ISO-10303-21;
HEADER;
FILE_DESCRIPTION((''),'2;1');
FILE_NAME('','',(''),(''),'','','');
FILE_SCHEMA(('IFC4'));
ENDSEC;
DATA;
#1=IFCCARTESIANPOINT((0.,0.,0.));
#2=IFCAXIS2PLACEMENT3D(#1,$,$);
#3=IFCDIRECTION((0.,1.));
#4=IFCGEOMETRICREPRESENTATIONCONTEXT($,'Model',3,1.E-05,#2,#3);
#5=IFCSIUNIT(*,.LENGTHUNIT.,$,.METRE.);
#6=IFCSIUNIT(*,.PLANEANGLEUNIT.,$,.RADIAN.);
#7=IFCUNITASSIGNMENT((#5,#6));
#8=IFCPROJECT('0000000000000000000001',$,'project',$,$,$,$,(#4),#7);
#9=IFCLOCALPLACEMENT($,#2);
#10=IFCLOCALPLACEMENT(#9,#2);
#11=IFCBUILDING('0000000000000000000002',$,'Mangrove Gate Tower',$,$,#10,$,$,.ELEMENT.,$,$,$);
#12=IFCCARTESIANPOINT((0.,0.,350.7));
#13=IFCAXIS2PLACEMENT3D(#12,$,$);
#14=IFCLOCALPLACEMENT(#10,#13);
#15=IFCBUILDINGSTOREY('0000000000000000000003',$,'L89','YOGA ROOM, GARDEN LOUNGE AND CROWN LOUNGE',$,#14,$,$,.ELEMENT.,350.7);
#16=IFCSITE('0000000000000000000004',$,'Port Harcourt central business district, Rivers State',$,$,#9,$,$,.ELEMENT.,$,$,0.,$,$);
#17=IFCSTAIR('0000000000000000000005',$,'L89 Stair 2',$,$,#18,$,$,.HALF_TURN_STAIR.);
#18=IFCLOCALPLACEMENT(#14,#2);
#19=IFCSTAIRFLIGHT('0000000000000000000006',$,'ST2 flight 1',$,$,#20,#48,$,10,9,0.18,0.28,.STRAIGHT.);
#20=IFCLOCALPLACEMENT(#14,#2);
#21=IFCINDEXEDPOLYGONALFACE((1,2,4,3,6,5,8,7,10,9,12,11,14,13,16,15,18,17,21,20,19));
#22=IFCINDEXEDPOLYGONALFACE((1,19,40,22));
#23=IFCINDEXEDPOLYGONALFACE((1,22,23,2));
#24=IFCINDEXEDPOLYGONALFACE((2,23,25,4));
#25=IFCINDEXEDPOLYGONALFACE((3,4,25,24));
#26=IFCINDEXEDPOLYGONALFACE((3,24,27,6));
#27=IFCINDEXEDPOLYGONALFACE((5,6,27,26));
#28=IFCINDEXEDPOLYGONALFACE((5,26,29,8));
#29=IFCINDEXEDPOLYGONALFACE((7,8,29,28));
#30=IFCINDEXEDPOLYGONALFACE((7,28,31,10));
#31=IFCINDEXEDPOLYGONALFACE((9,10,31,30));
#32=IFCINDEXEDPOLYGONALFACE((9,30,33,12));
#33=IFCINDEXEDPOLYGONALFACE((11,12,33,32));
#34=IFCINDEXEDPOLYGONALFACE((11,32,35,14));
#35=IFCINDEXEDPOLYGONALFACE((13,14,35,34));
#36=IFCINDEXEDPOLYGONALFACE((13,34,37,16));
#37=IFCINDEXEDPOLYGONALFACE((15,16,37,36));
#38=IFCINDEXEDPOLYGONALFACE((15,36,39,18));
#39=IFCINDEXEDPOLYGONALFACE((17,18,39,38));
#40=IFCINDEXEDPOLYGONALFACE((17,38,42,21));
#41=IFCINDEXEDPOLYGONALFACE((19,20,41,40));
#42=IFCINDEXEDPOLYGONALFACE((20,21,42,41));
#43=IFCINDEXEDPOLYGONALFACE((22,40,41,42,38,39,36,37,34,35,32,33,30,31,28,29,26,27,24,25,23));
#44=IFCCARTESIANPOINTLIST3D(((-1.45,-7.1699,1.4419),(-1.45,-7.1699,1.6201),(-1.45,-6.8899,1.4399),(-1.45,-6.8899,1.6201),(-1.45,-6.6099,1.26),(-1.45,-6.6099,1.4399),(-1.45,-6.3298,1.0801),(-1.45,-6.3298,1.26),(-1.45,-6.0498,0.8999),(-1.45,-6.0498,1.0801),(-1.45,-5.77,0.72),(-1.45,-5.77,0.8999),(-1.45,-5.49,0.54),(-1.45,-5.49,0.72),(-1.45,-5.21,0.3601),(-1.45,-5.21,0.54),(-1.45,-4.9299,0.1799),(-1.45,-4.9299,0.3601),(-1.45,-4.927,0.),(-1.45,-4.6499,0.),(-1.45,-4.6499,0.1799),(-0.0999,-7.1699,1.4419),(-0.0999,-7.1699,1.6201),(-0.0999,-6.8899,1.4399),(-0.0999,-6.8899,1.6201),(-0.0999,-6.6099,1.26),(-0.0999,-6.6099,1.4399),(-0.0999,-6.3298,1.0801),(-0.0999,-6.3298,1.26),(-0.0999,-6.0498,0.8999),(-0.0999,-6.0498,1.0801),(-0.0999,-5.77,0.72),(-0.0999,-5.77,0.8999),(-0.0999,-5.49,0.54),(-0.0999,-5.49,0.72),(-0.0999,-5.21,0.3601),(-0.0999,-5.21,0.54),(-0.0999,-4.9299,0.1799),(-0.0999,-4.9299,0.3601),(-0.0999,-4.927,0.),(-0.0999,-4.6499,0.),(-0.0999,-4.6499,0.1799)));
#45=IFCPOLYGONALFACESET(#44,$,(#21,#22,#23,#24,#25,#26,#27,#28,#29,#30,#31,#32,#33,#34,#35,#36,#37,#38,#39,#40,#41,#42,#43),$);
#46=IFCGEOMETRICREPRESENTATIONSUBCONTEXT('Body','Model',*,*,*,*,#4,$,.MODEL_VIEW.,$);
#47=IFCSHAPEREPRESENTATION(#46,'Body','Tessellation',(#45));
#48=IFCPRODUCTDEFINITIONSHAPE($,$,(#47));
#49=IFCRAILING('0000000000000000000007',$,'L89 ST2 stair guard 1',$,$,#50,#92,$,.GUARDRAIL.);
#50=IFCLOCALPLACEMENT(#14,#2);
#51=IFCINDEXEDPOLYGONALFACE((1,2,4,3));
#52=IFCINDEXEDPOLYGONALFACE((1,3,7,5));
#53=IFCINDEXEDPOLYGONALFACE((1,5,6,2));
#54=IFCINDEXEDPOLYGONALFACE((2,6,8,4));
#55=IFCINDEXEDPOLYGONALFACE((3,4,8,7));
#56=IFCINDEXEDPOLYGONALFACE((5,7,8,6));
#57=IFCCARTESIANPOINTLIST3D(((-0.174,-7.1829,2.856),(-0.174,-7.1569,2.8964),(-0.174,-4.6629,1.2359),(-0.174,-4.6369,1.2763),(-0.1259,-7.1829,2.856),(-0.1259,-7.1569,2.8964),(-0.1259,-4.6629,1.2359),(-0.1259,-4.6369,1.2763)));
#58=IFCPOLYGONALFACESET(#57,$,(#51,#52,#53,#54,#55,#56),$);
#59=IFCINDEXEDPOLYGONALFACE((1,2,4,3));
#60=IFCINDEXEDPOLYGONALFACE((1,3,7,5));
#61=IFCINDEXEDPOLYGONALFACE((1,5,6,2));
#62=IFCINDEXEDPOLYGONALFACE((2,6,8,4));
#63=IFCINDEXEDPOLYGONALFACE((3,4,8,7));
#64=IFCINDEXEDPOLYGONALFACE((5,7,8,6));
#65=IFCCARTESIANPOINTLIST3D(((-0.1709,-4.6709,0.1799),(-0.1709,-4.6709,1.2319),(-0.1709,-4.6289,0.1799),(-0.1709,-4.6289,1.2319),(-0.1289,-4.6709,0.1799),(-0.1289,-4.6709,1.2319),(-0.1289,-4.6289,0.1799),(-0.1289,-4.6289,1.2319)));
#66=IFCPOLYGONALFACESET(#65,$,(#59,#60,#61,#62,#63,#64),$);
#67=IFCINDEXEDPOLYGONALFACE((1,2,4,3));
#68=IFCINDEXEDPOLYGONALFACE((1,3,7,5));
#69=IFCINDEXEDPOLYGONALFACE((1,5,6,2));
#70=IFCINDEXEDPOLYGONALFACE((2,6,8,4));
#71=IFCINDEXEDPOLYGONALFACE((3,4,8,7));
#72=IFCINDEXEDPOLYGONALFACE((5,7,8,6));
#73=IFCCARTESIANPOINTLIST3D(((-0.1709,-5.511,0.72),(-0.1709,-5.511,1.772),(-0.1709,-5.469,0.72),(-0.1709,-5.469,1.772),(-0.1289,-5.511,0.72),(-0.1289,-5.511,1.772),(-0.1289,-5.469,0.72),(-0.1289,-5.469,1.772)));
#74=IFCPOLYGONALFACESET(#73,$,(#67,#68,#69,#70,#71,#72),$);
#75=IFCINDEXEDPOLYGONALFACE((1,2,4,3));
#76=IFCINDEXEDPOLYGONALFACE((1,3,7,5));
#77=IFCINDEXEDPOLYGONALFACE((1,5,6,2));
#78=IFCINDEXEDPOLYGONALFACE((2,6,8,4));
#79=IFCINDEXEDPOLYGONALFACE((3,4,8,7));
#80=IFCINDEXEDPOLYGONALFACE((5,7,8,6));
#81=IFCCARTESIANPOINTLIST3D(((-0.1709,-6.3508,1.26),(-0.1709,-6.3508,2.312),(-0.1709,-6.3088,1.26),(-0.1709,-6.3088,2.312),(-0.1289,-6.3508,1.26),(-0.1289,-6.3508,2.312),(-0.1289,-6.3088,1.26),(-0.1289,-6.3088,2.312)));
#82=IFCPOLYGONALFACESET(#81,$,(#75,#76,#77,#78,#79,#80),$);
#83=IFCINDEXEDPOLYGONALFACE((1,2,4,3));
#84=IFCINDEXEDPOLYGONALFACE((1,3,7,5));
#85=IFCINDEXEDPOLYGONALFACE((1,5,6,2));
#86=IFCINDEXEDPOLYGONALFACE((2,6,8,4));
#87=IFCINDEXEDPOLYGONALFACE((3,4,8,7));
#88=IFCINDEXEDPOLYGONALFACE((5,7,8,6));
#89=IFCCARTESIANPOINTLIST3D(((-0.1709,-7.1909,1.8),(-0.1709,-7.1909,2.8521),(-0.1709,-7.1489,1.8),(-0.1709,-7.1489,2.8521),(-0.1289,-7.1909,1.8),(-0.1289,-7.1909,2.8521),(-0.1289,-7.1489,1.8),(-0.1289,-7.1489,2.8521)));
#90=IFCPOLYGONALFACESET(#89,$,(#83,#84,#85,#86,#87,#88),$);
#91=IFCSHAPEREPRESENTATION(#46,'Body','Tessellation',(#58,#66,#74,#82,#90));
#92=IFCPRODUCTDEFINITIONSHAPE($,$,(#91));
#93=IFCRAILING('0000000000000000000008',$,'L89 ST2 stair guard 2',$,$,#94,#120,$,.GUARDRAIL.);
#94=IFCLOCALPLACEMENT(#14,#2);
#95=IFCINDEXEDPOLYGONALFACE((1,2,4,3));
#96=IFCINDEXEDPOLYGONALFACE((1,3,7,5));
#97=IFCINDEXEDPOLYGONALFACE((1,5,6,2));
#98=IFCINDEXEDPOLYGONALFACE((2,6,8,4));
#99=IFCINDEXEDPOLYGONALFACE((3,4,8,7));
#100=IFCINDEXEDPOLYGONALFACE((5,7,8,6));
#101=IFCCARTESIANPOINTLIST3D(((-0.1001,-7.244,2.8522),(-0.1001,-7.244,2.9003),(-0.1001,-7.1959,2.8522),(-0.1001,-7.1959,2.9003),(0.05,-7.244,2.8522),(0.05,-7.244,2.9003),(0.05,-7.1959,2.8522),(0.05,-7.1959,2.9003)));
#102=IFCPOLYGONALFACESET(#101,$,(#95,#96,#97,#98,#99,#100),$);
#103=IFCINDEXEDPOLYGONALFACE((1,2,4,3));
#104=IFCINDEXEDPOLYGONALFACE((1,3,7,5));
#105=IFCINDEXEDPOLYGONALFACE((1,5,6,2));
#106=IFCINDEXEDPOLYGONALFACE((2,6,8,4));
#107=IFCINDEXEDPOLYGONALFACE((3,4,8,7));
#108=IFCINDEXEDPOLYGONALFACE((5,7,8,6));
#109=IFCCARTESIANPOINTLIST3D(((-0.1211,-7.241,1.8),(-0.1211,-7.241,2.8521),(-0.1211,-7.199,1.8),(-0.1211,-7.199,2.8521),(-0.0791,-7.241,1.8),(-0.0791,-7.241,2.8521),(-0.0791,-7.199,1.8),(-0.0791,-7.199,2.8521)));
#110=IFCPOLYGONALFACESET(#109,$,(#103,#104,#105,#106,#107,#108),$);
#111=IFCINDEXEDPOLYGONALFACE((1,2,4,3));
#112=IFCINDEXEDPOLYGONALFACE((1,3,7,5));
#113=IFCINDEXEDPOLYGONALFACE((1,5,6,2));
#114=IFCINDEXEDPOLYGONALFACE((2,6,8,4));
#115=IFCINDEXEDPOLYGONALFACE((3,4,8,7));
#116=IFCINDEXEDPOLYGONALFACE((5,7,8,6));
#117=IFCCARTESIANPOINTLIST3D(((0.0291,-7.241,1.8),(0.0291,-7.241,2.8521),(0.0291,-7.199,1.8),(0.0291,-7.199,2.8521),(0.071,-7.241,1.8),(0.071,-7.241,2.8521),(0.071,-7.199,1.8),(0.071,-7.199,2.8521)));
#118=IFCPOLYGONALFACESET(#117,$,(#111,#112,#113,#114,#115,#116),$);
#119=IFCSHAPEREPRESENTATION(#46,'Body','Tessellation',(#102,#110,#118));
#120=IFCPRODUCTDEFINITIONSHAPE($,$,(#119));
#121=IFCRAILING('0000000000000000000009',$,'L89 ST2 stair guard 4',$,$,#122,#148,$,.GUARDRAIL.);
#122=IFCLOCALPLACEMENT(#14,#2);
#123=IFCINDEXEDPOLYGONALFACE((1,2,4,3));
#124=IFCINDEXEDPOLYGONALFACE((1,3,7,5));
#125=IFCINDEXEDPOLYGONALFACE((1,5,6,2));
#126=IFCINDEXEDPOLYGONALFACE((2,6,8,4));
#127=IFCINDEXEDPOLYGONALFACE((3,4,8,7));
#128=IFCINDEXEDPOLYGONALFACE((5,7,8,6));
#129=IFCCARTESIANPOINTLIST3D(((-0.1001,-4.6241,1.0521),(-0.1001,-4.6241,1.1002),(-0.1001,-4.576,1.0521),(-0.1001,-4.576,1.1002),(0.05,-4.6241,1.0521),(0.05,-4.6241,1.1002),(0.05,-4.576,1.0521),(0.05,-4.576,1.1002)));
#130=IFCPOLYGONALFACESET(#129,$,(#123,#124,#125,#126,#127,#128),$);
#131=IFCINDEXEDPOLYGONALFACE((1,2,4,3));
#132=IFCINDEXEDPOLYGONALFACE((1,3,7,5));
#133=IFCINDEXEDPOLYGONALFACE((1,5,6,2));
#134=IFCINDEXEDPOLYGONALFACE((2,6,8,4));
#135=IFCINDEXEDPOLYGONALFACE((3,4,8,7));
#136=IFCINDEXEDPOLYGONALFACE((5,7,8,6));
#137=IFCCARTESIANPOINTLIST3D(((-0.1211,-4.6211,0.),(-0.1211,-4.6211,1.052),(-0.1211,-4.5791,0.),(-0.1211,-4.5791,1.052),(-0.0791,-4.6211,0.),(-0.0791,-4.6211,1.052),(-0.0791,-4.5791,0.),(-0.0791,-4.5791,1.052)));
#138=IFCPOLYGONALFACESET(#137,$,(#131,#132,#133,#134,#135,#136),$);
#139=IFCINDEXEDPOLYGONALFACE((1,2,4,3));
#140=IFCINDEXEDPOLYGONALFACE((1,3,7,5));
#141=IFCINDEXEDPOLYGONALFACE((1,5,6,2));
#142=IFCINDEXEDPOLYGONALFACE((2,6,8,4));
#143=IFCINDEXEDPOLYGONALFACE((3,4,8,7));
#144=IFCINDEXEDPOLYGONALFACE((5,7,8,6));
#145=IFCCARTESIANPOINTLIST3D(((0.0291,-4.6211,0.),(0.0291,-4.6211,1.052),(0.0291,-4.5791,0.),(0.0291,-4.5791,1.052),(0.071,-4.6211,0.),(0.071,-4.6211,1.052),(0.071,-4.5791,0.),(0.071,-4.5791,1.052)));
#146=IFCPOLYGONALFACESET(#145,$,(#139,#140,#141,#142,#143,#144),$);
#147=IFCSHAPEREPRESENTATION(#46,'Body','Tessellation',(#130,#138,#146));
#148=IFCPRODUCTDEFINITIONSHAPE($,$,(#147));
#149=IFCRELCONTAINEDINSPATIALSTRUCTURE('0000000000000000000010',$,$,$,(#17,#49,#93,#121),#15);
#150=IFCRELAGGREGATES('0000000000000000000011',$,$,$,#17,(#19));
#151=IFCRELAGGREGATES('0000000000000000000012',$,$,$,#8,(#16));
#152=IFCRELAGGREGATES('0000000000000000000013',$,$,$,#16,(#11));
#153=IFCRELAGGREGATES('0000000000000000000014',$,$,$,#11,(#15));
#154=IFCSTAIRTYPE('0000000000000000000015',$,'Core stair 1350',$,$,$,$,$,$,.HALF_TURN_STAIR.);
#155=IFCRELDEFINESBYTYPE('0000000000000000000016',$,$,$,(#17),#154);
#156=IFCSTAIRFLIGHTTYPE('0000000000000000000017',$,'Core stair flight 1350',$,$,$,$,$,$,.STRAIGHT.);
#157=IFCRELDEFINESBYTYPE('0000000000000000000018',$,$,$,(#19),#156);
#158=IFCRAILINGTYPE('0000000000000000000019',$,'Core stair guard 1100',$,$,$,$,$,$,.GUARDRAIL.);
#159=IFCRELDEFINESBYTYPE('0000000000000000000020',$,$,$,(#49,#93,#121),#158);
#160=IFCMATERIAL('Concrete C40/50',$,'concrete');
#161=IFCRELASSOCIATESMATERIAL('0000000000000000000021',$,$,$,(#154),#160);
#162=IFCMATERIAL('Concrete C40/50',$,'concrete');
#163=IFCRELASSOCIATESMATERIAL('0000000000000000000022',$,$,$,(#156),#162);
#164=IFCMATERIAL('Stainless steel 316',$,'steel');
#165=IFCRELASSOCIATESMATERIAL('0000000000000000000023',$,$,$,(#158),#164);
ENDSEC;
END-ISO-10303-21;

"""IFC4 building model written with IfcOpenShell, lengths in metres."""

from ifc_helpers import new_model, si_unit, direction, frame, origin, origin_2d, place, context, subcontext, project, spatial, polyline, rectangle, outline, extrude, material, type_object, element, aggregate, save


model = new_model("IFC4")

# Units and contexts
model_context = context("Model", 3, precision=1e-05, world=origin(), true_north=direction((0.0, 1.0)))
body_context = subcontext(model_context, "Body", "Model", "MODEL_VIEW")
ifc_project = project(units=[si_unit("LENGTHUNIT", "METRE"), si_unit("PLANEANGLEUNIT", "RADIAN")], contexts=[model_context])

# Site, building, storey
site_placement = place(None, origin())
site = spatial("IfcSite", under=ifc_project, at=site_placement, Name="Port Harcourt central business district, Rivers State", CompositionType="ELEMENT", RefElevation=0.0)
building_placement = place(site_placement, origin())
building = spatial("IfcBuilding", under=site, at=building_placement, Name="Mangrove Gate Tower", CompositionType="ELEMENT")
storey_placement = place(building_placement, frame((0.0, 0.0, 350.7)))
storey = spatial("IfcBuildingStorey", under=building, at=storey_placement, Name="L89", Description="YOGA ROOM, GARDEN LOUNGE AND CROWN LOUNGE", CompositionType="ELEMENT", Elevation=350.7)

# Stair, stair flight
ifc_material_1 = material(Name="Concrete C40/50", Category="concrete")
stair_type = type_object("IfcStairType", Name="Core stair 1350", PredefinedType="HALF_TURN_STAIR", material=ifc_material_1)
stair_placement = place(storey_placement, origin())
stair = element("IfcStair", 1, at=stair_placement, inside=storey, type_object=stair_type, Name="L89 Stair 2", PredefinedType="HALF_TURN_STAIR")
ifc_material_2 = material(Name="Concrete C40/50", Category="concrete")
stair_flight_type = type_object("IfcStairFlightType", Name="Core stair flight 1350", PredefinedType="STRAIGHT", material=ifc_material_2)
stair_flight_placement = place(storey_placement, frame((-0.7749, -4.6499, 0.0), z_axis=(0.0, 0.0, 1.0), x_axis=(0.0, -1.0, 0.0)))
stair_flight = element("IfcStairFlight", 2, at=stair_flight_placement, type_object=stair_flight_type, Name="ST2 flight 1", NumberOfRisers=10, NumberOfTreads=9, PredefinedType="STRAIGHT", RiserHeight=0.18, TreadLength=0.28, context=body_context, shape_type="SweptSolid", body=[
    extrude(outline(polyline([(0.0, 0.0), (0.0, 0.1799), (0.28, 0.1799), (0.28, 0.3601), (0.5601, 0.3601), (0.5601, 0.54), (0.8401, 0.54), (0.8401, 0.72), (1.1201, 0.72), (1.1201, 0.8999), (1.3999, 0.8999), (1.3999, 1.0801), (1.6799, 1.0801), (1.6799, 1.26), (1.96, 1.26), (1.96, 1.4399), (2.24, 1.4399), (2.24, 1.6201), (2.52, 1.6201), (2.52, 1.8), (2.52, 1.4419), (0.2771, 0.0), (0.0, 0.0)])), frame((0.0, 0.675, 0.0), z_axis=(0.0, -1.0, 0.0), x_axis=(1.0, 0.0, 0.0)), (0.0, 0.0, 1.0), 1.3501),
])
aggregate(stair, [stair_flight])

# Railings
ifc_material_3 = material(Name="Stainless steel 316", Category="steel")
railing_type_1 = type_object("IfcRailingType", Name="Core stair guard 1100", PredefinedType="GUARDRAIL", material=ifc_material_3)
railing_1_placement = place(storey_placement, frame((-0.1499, -4.6499, 0.1799)))
element("IfcRailing", 3, at=railing_1_placement, inside=storey, type_object=railing_type_1, Name="L89 ST2 stair guard 1", PredefinedType="GUARDRAIL", context=body_context, shape_type="SweptSolid", body=[
    extrude(rectangle(XDim=0.0481, YDim=0.0481, at=origin_2d()), frame((0.0, 0.0, 1.0762), z_axis=(0.0, -0.841163, 0.540782), x_axis=(1.0, 0.0, 0.0)), (0.0, 0.0, 1.0), 2.9958),
    extrude(rectangle(XDim=0.042, YDim=0.042, at=origin_2d()), origin(), (0.0, 0.0, 1.0), 1.052),
    extrude(rectangle(XDim=0.042, YDim=0.042, at=origin_2d()), frame((0.0, -0.8401, 0.54)), (0.0, 0.0, 1.0), 1.052),
    extrude(rectangle(XDim=0.042, YDim=0.042, at=origin_2d()), frame((0.0, -1.6799, 1.0801)), (0.0, 0.0, 1.0), 1.052),
    extrude(rectangle(XDim=0.042, YDim=0.042, at=origin_2d()), frame((0.0, -2.52, 1.6201)), (0.0, 0.0, 1.0), 1.052),
])
for number, where, name in (
    (4, (-0.1001, -7.22, 1.8), "L89 ST2 stair guard 2"),
    (5, (-0.1001, -4.6001, 0.0), "L89 ST2 stair guard 4"),
):
    element("IfcRailing", number, at=place(storey_placement, frame(where)), inside=storey, type_object=railing_type_1, Name=name, PredefinedType="GUARDRAIL", context=body_context, shape_type="SweptSolid", body=[
        extrude(rectangle(XDim=0.0481, YDim=0.0481, at=origin_2d()), frame((0.0, 0.0, 1.0762), z_axis=(1.0, 0.0, 0.0), x_axis=(0.0, 1.0, 0.0)), (0.0, 0.0, 1.0), 0.1501),
        extrude(rectangle(XDim=0.042, YDim=0.042, at=origin_2d()), origin(), (0.0, 0.0, 1.0), 1.052),
        extrude(rectangle(XDim=0.042, YDim=0.042, at=origin_2d()), frame((0.1501, 0.0, 0.0)), (0.0, 0.0, 1.0), 1.052),
    ])

save(model, "model.ifc")
